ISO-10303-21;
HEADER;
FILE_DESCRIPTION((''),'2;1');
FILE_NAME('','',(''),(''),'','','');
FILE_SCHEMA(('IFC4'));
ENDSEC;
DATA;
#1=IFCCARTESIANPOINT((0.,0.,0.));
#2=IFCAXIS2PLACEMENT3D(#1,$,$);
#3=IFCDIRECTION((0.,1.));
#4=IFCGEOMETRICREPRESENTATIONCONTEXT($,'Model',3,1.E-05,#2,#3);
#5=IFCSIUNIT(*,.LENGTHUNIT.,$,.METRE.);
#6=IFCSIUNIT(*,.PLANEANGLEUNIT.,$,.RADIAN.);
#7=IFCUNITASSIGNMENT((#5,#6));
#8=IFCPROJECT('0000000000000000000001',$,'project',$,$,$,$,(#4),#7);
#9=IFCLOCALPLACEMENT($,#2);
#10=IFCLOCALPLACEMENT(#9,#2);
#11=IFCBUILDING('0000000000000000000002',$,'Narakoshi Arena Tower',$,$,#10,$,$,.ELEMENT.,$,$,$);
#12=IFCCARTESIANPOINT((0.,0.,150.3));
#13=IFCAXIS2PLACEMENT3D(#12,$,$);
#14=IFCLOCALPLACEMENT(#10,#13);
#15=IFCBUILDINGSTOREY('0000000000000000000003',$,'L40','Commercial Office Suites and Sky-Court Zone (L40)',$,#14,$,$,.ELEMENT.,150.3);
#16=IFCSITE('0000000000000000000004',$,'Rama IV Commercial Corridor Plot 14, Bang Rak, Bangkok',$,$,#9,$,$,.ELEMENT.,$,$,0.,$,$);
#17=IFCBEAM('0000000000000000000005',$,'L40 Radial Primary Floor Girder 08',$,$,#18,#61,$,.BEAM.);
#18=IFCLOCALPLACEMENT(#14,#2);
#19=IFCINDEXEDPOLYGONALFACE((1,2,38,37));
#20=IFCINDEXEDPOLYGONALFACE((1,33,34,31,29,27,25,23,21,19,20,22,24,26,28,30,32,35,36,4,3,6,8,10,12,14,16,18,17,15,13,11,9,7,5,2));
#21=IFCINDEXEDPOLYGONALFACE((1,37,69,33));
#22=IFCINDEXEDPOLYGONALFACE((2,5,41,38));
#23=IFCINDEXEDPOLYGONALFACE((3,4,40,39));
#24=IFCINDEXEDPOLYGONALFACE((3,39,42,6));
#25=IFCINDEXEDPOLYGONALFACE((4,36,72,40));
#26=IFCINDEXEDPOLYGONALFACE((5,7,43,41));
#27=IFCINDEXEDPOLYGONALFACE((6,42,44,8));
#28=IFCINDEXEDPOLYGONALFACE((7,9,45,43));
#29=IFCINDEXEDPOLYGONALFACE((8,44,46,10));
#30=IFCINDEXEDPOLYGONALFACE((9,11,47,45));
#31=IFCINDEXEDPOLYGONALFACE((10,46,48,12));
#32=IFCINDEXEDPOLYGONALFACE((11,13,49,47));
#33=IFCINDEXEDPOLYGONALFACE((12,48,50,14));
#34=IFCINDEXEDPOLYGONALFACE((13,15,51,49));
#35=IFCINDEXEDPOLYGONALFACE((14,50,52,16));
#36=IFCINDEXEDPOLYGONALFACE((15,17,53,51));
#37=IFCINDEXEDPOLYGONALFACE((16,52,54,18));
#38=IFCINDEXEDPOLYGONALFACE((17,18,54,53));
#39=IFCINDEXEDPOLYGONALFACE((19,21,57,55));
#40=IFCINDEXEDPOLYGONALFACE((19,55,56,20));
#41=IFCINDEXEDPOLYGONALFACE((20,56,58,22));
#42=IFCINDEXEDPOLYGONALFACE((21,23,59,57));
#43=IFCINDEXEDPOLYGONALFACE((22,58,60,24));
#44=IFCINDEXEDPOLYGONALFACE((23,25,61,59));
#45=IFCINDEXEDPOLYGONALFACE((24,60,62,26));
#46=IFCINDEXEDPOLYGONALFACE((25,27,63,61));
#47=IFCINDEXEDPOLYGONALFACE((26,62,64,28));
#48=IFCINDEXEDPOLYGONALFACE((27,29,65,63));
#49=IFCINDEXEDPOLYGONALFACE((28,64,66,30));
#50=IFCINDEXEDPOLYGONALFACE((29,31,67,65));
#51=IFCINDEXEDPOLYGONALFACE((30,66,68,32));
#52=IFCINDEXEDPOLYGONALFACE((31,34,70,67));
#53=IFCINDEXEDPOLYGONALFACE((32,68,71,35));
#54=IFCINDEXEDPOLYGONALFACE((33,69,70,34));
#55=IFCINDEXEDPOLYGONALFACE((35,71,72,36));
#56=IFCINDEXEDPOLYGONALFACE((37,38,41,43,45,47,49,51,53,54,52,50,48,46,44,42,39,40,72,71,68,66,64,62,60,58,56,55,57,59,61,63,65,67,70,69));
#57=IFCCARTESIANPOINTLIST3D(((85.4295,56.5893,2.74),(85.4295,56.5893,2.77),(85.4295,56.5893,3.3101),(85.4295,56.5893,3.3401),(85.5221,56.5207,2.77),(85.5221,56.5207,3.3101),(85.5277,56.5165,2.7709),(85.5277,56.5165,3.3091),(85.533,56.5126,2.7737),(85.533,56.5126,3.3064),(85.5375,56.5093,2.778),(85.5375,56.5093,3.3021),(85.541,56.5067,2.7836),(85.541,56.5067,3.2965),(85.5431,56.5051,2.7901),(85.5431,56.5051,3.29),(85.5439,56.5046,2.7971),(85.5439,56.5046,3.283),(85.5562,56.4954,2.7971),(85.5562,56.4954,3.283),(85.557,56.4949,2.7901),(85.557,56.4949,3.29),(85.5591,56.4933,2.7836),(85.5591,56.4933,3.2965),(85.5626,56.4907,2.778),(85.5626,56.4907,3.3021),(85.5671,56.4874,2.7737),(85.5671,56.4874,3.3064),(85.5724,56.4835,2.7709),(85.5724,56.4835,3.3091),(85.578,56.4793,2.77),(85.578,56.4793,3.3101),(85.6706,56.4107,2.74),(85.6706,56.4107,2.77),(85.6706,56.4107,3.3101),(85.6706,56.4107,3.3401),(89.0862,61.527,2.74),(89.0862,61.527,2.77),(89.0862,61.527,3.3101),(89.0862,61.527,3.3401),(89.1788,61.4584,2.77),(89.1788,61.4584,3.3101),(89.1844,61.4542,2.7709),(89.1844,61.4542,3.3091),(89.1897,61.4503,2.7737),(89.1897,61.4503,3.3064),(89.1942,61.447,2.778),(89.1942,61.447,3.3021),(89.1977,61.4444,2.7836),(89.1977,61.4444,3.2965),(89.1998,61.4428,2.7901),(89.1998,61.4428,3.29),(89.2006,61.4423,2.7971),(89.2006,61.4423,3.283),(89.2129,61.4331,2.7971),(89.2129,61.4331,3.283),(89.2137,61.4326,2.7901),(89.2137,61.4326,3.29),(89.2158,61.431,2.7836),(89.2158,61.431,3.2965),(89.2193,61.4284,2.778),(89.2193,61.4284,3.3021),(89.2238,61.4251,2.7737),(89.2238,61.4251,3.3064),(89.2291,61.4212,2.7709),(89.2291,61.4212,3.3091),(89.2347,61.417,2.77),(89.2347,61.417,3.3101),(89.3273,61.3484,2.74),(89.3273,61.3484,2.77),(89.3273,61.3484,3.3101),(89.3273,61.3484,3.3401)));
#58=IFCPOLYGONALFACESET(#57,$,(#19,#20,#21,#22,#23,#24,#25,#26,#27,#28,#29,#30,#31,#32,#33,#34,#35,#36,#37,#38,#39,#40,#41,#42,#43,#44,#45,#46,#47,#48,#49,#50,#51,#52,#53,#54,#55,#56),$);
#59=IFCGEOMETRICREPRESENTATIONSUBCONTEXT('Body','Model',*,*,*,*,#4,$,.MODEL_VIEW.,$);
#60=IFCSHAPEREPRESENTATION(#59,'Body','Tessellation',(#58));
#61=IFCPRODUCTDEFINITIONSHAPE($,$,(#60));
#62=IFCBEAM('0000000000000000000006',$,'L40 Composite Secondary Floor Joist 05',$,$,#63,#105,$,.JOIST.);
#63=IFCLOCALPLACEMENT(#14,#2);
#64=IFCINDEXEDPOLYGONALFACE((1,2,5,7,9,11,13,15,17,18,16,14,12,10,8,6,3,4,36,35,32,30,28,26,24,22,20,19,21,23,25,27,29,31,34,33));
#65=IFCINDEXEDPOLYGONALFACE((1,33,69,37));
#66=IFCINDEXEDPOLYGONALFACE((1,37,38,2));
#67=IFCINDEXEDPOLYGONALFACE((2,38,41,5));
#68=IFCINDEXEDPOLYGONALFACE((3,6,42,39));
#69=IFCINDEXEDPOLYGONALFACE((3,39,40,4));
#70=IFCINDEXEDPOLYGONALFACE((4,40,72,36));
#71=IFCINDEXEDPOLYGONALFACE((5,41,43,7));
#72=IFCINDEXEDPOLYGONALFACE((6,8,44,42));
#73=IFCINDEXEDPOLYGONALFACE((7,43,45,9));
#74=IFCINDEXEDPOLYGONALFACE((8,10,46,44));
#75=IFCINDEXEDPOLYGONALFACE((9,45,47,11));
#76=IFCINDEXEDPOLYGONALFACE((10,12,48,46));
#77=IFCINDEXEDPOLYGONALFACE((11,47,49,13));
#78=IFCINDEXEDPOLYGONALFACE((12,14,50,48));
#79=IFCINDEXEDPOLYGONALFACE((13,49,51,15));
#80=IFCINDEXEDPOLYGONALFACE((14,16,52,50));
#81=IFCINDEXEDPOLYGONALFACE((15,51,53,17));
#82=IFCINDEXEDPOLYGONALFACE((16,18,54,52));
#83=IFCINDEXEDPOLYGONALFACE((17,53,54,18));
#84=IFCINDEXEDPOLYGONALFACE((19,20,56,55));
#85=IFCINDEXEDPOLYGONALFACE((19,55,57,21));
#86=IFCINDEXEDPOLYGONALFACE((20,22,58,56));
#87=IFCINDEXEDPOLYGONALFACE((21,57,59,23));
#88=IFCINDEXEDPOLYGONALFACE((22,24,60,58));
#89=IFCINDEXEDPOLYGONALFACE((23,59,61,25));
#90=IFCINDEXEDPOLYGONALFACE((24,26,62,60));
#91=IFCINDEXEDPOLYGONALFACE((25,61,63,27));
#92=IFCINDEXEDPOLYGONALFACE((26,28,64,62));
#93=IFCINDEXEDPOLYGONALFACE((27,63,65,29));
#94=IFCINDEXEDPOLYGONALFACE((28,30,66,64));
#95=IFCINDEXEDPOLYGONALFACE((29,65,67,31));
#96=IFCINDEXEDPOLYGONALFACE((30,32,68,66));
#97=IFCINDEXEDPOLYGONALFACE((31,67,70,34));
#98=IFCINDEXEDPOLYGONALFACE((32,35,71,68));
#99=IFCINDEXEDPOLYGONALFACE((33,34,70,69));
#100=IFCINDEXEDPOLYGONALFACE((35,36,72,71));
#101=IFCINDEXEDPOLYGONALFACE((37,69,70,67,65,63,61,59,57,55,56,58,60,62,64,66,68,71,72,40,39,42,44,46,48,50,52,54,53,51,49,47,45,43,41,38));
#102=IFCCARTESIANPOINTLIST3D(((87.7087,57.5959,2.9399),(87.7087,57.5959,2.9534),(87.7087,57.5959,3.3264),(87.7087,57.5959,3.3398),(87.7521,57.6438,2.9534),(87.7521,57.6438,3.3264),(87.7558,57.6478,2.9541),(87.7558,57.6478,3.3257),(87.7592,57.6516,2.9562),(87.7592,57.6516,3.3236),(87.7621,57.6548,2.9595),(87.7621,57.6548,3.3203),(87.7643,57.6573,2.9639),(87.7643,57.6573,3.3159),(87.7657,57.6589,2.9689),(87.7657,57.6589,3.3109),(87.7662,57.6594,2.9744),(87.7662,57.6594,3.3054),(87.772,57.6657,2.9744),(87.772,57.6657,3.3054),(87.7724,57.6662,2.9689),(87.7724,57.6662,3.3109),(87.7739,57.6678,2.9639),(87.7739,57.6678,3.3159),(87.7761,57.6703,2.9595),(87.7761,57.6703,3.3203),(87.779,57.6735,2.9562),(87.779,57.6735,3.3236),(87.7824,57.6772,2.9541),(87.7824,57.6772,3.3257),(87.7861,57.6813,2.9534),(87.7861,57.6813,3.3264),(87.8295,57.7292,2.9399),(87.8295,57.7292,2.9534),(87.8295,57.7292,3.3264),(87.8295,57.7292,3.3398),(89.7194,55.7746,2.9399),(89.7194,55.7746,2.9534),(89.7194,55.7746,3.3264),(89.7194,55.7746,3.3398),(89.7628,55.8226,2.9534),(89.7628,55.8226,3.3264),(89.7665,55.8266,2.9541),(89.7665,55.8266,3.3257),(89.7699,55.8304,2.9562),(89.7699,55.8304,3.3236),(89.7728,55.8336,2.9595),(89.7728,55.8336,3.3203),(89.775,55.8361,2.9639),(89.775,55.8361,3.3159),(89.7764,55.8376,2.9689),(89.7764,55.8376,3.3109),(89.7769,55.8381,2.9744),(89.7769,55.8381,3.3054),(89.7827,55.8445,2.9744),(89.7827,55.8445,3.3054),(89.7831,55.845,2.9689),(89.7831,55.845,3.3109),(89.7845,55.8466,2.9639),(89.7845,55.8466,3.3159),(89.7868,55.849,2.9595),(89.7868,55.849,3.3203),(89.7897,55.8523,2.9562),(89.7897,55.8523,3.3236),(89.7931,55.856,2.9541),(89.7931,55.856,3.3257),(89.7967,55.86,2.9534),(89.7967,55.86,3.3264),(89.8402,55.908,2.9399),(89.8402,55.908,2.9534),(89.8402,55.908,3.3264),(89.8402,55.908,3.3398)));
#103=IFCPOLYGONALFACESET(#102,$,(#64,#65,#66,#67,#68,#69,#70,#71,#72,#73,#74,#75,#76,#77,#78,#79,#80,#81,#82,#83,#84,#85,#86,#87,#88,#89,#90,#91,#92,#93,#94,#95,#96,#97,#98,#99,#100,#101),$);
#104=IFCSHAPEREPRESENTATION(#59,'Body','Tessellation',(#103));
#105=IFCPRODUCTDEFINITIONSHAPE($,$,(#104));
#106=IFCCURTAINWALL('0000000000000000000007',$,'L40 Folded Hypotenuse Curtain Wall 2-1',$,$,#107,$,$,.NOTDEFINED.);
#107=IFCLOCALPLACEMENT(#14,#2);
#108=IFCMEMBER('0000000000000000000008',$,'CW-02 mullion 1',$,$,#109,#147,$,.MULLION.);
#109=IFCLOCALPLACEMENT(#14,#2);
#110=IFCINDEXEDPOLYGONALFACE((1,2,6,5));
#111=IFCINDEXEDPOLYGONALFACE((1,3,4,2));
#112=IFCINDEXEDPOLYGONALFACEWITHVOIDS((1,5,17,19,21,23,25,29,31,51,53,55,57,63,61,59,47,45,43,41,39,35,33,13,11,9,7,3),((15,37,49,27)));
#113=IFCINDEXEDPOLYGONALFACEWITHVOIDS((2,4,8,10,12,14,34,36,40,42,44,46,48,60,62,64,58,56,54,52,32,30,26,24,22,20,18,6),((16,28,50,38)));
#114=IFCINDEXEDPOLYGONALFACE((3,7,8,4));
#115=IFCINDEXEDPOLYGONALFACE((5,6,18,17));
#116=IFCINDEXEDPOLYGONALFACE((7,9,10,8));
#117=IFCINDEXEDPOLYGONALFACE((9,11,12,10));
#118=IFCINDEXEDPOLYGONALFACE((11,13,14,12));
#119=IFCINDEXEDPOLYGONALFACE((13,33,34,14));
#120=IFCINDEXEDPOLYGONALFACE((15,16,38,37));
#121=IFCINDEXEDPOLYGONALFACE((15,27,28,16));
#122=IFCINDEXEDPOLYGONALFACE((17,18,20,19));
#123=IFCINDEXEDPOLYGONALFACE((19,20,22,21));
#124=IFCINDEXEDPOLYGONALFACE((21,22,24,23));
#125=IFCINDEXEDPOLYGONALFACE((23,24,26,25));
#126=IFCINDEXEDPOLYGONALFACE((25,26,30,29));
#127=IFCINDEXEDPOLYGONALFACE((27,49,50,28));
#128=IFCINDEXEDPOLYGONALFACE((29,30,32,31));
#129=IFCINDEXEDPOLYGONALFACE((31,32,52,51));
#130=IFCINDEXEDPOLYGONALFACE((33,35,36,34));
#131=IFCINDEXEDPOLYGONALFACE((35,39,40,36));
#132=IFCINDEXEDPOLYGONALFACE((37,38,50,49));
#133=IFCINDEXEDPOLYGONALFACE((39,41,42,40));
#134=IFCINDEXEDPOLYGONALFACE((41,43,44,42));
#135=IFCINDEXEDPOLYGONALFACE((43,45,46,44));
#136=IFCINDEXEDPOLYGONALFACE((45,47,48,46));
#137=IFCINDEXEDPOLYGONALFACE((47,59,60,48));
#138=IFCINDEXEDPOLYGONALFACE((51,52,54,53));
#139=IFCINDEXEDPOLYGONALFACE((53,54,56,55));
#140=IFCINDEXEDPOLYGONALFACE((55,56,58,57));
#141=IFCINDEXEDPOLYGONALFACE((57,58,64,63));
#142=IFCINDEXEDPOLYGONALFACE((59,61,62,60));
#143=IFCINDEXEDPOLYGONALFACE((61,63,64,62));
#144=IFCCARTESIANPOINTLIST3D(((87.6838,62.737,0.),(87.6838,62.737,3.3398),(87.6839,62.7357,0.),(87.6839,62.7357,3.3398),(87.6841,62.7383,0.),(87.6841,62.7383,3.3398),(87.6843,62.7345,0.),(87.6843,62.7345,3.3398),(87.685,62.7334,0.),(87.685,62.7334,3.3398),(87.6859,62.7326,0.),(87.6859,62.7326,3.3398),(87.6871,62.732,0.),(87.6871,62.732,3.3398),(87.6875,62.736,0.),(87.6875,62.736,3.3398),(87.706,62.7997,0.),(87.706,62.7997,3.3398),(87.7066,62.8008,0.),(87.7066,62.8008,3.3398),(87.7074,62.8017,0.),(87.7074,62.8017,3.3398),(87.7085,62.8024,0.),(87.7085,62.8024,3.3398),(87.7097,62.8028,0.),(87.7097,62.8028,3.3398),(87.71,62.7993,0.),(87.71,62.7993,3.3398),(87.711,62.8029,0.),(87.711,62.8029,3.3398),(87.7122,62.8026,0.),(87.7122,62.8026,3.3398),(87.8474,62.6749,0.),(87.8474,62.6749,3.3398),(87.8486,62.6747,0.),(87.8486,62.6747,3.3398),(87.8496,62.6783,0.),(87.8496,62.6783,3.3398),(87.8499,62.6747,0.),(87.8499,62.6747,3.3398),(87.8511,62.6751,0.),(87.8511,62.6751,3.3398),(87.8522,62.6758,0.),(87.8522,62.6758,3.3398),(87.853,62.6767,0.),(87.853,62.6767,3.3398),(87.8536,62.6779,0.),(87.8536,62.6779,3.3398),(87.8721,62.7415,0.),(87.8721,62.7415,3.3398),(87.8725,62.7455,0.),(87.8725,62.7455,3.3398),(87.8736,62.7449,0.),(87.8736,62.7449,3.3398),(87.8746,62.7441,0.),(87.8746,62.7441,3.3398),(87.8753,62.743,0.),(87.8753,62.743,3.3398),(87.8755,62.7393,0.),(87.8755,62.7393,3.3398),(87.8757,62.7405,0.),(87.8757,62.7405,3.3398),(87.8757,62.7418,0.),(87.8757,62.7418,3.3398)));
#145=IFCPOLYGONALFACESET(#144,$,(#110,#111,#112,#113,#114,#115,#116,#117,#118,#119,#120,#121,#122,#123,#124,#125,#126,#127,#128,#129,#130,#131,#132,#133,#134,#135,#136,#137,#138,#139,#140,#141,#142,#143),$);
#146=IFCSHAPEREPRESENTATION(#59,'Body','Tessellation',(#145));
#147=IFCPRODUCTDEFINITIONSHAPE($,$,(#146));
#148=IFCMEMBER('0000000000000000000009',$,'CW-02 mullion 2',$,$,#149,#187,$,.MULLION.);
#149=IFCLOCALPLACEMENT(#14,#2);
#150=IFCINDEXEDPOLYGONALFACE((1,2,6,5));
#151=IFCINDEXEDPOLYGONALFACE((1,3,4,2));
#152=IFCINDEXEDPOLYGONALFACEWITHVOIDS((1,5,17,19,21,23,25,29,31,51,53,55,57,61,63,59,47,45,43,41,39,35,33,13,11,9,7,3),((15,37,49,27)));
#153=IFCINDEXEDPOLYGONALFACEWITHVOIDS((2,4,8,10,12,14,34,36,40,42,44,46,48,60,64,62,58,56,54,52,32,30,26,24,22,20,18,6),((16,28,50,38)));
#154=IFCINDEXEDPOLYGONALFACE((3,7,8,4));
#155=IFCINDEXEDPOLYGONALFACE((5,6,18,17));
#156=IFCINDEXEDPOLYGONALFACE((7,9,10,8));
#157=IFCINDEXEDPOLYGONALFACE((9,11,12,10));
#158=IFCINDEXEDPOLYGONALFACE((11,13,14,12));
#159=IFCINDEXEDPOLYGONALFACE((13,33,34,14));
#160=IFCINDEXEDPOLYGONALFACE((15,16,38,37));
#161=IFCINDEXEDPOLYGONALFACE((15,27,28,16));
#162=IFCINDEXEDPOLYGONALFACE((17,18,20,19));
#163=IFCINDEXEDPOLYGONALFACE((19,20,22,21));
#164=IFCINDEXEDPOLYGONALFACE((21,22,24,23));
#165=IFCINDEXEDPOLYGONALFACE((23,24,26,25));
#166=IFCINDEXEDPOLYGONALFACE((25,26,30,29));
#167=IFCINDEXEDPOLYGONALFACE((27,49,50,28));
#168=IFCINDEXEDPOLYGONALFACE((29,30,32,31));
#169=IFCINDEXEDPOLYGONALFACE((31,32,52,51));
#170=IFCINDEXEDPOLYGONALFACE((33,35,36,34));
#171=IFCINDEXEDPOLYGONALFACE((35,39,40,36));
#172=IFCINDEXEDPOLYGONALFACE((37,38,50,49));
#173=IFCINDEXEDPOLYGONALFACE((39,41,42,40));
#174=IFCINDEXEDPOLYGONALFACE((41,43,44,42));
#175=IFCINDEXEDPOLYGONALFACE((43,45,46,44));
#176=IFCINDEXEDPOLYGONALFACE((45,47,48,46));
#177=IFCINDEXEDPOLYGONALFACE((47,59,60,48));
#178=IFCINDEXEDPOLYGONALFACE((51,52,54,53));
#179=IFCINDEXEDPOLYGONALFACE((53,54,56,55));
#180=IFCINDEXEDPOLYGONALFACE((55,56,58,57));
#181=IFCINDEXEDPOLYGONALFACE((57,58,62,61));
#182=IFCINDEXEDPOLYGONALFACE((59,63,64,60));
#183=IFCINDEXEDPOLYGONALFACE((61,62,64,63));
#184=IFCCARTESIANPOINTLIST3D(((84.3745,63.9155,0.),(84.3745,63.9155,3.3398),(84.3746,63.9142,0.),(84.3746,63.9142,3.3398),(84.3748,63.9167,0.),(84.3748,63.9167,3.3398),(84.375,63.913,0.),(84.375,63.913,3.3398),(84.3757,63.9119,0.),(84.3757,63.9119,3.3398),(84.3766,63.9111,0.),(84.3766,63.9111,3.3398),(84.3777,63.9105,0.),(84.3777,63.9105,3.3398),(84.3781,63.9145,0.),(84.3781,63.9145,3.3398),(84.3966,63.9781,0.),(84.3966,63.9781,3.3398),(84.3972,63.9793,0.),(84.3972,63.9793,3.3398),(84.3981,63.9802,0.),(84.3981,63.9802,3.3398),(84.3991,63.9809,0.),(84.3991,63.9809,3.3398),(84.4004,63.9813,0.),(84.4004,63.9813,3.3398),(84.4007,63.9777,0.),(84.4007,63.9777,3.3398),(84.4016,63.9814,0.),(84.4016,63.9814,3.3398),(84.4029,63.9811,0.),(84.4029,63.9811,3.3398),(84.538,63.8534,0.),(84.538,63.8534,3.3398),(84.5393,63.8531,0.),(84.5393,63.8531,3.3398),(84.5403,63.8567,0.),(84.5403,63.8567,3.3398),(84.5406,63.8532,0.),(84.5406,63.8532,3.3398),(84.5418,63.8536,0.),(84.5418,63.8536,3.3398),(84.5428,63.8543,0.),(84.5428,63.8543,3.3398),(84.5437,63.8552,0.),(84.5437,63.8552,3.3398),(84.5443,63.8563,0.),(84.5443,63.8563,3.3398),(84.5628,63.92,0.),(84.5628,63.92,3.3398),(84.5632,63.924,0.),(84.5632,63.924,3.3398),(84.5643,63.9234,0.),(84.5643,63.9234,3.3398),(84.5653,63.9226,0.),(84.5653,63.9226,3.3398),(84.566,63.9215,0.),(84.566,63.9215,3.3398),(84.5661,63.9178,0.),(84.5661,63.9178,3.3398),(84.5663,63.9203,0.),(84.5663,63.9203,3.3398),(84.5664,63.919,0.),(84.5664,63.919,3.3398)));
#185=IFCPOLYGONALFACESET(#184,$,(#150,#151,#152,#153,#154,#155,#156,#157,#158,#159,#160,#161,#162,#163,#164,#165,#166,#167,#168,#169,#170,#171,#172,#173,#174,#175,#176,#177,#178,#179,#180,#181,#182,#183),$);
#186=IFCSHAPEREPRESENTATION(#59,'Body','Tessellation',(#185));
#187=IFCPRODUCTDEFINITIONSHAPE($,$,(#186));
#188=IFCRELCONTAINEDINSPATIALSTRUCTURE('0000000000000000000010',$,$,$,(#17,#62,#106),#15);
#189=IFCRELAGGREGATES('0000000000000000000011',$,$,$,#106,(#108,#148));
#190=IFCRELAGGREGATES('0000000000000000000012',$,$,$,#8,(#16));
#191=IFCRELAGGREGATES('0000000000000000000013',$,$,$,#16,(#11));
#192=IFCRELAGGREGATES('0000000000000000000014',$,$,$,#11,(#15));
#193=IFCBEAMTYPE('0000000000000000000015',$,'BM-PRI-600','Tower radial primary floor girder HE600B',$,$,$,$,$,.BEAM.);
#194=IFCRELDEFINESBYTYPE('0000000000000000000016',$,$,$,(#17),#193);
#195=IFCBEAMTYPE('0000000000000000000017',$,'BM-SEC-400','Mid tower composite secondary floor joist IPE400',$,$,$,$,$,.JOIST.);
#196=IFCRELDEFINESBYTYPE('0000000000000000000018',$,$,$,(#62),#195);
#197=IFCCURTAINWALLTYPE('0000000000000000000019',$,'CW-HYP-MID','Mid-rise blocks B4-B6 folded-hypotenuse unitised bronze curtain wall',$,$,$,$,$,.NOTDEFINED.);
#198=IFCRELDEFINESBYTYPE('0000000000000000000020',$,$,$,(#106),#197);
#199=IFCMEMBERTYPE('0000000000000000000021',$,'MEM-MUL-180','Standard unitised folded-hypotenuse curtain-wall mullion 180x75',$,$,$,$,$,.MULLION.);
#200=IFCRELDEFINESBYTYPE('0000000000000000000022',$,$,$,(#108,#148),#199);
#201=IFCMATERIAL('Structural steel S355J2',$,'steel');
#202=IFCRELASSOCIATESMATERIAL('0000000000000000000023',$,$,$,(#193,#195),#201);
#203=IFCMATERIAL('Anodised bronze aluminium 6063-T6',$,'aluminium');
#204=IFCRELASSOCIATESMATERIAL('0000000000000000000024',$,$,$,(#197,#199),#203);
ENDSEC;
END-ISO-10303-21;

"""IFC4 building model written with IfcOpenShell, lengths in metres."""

from ifc_helpers import new_model, si_unit, direction, frame, origin, origin_2d, place, context, subcontext, project, spatial, hollow_rectangle, i_section, extrude, material, material_profile, profile_set, type_object, element, aggregate, save


model = new_model("IFC4")

# Units and contexts
model_context = context("Model", 3, precision=1e-05, world=origin(), true_north=direction((0.0, 1.0)))
body_context = subcontext(model_context, "Body", "Model", "MODEL_VIEW")
ifc_project = project(units=[si_unit("LENGTHUNIT", "METRE"), si_unit("PLANEANGLEUNIT", "RADIAN")], contexts=[model_context])

# Site, building, storey
site_placement = place(None, origin())
site = spatial("IfcSite", under=ifc_project, at=site_placement, Name="Rama IV Commercial Corridor Plot 14, Bang Rak, Bangkok", CompositionType="ELEMENT", RefElevation=0.0)
building_placement = place(site_placement, origin())
building = spatial("IfcBuilding", under=site, at=building_placement, Name="Narakoshi Arena Tower", CompositionType="ELEMENT")
storey_placement = place(building_placement, frame((0.0, 0.0, 150.3)))
storey = spatial("IfcBuildingStorey", under=building, at=storey_placement, Name="L40", Description="Commercial Office Suites and Sky-Court Zone (L40)", CompositionType="ELEMENT", Elevation=150.3)

# Beams
ifc_material_1 = material(Name="Structural steel S355J2", Category="steel")
ifc_material_profile_1 = material_profile(ifc_material_1, i_section(OverallWidth=0.3, OverallDepth=0.6001, WebThickness=0.0154, FlangeThickness=0.03, FilletRadius=0.0271, at=origin_2d()), Name="HE600B")
ifc_profile_set_1 = profile_set([ifc_material_profile_1], Name="Structural steel S355J2")
beam_type_1 = type_object("IfcBeamType", Name="BM-PRI-600", Description="Tower radial primary floor girder HE600B", PredefinedType="BEAM", material=ifc_profile_set_1)
beam_1_placement = place(storey_placement, frame((85.55, 56.5, 3.04), z_axis=(0.595138, 0.803623, 0.0), x_axis=(-0.803623, 0.595138, 0.0)))
element("IfcBeam", 1, at=beam_1_placement, inside=storey, type_object=beam_type_1, Name="L40 Radial Primary Floor Girder 08", PredefinedType="BEAM", context=body_context, shape_type="SweptSolid", body=[
    extrude(i_section(OverallWidth=0.3, OverallDepth=0.6001, WebThickness=0.0154, FlangeThickness=0.03, FilletRadius=0.0271, at=origin_2d()), origin(), (0.0, 0.0, 1.0), 6.1443),
])
ifc_material_profile_2 = material_profile(ifc_material_1, i_section(OverallWidth=0.1799, OverallDepth=0.3999, WebThickness=0.0085, FlangeThickness=0.0134, FilletRadius=0.021, at=origin_2d()), Name="IPE400")
ifc_profile_set_2 = profile_set([ifc_material_profile_2], Name="Structural steel S355J2")
beam_type_2 = type_object("IfcBeamType", Name="BM-SEC-400", Description="Mid tower composite secondary floor joist IPE400", PredefinedType="JOIST", material=ifc_profile_set_2)
beam_2_placement = place(storey_placement, frame((89.7798, 55.8413, 3.1399), z_axis=(-0.74116, 0.671328, 0.0), x_axis=(-0.671328, -0.74116, 0.0)))
element("IfcBeam", 2, at=beam_2_placement, inside=storey, type_object=beam_type_2, Name="L40 Composite Secondary Floor Joist 05", PredefinedType="JOIST", context=body_context, shape_type="SweptSolid", body=[
    extrude(i_section(OverallWidth=0.1799, OverallDepth=0.3999, WebThickness=0.0085, FlangeThickness=0.0134, FilletRadius=0.021, at=origin_2d()), origin(), (0.0, 0.0, 1.0), 2.7129),
])

# Curtain wall, members
ifc_material_2 = material(Name="Anodised bronze aluminium 6063-T6", Category="aluminium")
curtain_wall_type = type_object("IfcCurtainWallType", Name="CW-HYP-MID", Description="Mid-rise blocks B4-B6 folded-hypotenuse unitised bronze curtain wall", PredefinedType="NOTDEFINED", material=ifc_material_2)
curtain_wall_placement = place(storey_placement, origin())
curtain_wall = element("IfcCurtainWall", 3, at=curtain_wall_placement, inside=storey, type_object=curtain_wall_type, Name="L40 Folded Hypotenuse Curtain Wall 2-1", PredefinedType="NOTDEFINED")
ifc_material_profile_3 = material_profile(ifc_material_2, hollow_rectangle(XDim=0.075, YDim=0.1799, WallThickness=0.0039, OuterFilletRadius=0.0049, at=origin_2d()), Name="MUL180x75x4")
ifc_profile_set_3 = profile_set([ifc_material_profile_3], Name="Anodised bronze aluminium 6063-T6")
member_type_1 = type_object("IfcMemberType", Name="MEM-MUL-180", Description="Standard unitised folded-hypotenuse curtain-wall mullion 180x75", PredefinedType="MULLION", material=ifc_profile_set_3)
member_1_placement = place(storey_placement, frame((87.7798, 62.7388, 0.0), z_axis=(0.0, 0.0, 1.0), x_axis=(-0.335518, -0.942034, 0.0)))
member_1 = element("IfcMember", 4, at=member_1_placement, type_object=member_type_1, Name="CW-02 mullion 1", PredefinedType="MULLION", context=body_context, shape_type="SweptSolid", body=[
    extrude(hollow_rectangle(XDim=0.075, YDim=0.1799, WallThickness=0.0039, OuterFilletRadius=0.0049, at=origin_2d()), origin(), (0.0, 0.0, 1.0), 3.3398),
])
member_2_placement = place(storey_placement, frame((84.4705, 63.9172, 0.0), z_axis=(0.0, 0.0, 1.0), x_axis=(-0.335518, -0.942034, 0.0)))
member_2 = element("IfcMember", 5, at=member_2_placement, type_object=member_type_1, Name="CW-02 mullion 2", PredefinedType="MULLION", context=body_context, shape_type="SweptSolid", body=[
    extrude(hollow_rectangle(XDim=0.075, YDim=0.1799, WallThickness=0.0039, OuterFilletRadius=0.0049, at=origin_2d()), origin(), (0.0, 0.0, 1.0), 3.3398),
])
aggregate(curtain_wall, [member_1, member_2])

save(model, "model.ifc")
